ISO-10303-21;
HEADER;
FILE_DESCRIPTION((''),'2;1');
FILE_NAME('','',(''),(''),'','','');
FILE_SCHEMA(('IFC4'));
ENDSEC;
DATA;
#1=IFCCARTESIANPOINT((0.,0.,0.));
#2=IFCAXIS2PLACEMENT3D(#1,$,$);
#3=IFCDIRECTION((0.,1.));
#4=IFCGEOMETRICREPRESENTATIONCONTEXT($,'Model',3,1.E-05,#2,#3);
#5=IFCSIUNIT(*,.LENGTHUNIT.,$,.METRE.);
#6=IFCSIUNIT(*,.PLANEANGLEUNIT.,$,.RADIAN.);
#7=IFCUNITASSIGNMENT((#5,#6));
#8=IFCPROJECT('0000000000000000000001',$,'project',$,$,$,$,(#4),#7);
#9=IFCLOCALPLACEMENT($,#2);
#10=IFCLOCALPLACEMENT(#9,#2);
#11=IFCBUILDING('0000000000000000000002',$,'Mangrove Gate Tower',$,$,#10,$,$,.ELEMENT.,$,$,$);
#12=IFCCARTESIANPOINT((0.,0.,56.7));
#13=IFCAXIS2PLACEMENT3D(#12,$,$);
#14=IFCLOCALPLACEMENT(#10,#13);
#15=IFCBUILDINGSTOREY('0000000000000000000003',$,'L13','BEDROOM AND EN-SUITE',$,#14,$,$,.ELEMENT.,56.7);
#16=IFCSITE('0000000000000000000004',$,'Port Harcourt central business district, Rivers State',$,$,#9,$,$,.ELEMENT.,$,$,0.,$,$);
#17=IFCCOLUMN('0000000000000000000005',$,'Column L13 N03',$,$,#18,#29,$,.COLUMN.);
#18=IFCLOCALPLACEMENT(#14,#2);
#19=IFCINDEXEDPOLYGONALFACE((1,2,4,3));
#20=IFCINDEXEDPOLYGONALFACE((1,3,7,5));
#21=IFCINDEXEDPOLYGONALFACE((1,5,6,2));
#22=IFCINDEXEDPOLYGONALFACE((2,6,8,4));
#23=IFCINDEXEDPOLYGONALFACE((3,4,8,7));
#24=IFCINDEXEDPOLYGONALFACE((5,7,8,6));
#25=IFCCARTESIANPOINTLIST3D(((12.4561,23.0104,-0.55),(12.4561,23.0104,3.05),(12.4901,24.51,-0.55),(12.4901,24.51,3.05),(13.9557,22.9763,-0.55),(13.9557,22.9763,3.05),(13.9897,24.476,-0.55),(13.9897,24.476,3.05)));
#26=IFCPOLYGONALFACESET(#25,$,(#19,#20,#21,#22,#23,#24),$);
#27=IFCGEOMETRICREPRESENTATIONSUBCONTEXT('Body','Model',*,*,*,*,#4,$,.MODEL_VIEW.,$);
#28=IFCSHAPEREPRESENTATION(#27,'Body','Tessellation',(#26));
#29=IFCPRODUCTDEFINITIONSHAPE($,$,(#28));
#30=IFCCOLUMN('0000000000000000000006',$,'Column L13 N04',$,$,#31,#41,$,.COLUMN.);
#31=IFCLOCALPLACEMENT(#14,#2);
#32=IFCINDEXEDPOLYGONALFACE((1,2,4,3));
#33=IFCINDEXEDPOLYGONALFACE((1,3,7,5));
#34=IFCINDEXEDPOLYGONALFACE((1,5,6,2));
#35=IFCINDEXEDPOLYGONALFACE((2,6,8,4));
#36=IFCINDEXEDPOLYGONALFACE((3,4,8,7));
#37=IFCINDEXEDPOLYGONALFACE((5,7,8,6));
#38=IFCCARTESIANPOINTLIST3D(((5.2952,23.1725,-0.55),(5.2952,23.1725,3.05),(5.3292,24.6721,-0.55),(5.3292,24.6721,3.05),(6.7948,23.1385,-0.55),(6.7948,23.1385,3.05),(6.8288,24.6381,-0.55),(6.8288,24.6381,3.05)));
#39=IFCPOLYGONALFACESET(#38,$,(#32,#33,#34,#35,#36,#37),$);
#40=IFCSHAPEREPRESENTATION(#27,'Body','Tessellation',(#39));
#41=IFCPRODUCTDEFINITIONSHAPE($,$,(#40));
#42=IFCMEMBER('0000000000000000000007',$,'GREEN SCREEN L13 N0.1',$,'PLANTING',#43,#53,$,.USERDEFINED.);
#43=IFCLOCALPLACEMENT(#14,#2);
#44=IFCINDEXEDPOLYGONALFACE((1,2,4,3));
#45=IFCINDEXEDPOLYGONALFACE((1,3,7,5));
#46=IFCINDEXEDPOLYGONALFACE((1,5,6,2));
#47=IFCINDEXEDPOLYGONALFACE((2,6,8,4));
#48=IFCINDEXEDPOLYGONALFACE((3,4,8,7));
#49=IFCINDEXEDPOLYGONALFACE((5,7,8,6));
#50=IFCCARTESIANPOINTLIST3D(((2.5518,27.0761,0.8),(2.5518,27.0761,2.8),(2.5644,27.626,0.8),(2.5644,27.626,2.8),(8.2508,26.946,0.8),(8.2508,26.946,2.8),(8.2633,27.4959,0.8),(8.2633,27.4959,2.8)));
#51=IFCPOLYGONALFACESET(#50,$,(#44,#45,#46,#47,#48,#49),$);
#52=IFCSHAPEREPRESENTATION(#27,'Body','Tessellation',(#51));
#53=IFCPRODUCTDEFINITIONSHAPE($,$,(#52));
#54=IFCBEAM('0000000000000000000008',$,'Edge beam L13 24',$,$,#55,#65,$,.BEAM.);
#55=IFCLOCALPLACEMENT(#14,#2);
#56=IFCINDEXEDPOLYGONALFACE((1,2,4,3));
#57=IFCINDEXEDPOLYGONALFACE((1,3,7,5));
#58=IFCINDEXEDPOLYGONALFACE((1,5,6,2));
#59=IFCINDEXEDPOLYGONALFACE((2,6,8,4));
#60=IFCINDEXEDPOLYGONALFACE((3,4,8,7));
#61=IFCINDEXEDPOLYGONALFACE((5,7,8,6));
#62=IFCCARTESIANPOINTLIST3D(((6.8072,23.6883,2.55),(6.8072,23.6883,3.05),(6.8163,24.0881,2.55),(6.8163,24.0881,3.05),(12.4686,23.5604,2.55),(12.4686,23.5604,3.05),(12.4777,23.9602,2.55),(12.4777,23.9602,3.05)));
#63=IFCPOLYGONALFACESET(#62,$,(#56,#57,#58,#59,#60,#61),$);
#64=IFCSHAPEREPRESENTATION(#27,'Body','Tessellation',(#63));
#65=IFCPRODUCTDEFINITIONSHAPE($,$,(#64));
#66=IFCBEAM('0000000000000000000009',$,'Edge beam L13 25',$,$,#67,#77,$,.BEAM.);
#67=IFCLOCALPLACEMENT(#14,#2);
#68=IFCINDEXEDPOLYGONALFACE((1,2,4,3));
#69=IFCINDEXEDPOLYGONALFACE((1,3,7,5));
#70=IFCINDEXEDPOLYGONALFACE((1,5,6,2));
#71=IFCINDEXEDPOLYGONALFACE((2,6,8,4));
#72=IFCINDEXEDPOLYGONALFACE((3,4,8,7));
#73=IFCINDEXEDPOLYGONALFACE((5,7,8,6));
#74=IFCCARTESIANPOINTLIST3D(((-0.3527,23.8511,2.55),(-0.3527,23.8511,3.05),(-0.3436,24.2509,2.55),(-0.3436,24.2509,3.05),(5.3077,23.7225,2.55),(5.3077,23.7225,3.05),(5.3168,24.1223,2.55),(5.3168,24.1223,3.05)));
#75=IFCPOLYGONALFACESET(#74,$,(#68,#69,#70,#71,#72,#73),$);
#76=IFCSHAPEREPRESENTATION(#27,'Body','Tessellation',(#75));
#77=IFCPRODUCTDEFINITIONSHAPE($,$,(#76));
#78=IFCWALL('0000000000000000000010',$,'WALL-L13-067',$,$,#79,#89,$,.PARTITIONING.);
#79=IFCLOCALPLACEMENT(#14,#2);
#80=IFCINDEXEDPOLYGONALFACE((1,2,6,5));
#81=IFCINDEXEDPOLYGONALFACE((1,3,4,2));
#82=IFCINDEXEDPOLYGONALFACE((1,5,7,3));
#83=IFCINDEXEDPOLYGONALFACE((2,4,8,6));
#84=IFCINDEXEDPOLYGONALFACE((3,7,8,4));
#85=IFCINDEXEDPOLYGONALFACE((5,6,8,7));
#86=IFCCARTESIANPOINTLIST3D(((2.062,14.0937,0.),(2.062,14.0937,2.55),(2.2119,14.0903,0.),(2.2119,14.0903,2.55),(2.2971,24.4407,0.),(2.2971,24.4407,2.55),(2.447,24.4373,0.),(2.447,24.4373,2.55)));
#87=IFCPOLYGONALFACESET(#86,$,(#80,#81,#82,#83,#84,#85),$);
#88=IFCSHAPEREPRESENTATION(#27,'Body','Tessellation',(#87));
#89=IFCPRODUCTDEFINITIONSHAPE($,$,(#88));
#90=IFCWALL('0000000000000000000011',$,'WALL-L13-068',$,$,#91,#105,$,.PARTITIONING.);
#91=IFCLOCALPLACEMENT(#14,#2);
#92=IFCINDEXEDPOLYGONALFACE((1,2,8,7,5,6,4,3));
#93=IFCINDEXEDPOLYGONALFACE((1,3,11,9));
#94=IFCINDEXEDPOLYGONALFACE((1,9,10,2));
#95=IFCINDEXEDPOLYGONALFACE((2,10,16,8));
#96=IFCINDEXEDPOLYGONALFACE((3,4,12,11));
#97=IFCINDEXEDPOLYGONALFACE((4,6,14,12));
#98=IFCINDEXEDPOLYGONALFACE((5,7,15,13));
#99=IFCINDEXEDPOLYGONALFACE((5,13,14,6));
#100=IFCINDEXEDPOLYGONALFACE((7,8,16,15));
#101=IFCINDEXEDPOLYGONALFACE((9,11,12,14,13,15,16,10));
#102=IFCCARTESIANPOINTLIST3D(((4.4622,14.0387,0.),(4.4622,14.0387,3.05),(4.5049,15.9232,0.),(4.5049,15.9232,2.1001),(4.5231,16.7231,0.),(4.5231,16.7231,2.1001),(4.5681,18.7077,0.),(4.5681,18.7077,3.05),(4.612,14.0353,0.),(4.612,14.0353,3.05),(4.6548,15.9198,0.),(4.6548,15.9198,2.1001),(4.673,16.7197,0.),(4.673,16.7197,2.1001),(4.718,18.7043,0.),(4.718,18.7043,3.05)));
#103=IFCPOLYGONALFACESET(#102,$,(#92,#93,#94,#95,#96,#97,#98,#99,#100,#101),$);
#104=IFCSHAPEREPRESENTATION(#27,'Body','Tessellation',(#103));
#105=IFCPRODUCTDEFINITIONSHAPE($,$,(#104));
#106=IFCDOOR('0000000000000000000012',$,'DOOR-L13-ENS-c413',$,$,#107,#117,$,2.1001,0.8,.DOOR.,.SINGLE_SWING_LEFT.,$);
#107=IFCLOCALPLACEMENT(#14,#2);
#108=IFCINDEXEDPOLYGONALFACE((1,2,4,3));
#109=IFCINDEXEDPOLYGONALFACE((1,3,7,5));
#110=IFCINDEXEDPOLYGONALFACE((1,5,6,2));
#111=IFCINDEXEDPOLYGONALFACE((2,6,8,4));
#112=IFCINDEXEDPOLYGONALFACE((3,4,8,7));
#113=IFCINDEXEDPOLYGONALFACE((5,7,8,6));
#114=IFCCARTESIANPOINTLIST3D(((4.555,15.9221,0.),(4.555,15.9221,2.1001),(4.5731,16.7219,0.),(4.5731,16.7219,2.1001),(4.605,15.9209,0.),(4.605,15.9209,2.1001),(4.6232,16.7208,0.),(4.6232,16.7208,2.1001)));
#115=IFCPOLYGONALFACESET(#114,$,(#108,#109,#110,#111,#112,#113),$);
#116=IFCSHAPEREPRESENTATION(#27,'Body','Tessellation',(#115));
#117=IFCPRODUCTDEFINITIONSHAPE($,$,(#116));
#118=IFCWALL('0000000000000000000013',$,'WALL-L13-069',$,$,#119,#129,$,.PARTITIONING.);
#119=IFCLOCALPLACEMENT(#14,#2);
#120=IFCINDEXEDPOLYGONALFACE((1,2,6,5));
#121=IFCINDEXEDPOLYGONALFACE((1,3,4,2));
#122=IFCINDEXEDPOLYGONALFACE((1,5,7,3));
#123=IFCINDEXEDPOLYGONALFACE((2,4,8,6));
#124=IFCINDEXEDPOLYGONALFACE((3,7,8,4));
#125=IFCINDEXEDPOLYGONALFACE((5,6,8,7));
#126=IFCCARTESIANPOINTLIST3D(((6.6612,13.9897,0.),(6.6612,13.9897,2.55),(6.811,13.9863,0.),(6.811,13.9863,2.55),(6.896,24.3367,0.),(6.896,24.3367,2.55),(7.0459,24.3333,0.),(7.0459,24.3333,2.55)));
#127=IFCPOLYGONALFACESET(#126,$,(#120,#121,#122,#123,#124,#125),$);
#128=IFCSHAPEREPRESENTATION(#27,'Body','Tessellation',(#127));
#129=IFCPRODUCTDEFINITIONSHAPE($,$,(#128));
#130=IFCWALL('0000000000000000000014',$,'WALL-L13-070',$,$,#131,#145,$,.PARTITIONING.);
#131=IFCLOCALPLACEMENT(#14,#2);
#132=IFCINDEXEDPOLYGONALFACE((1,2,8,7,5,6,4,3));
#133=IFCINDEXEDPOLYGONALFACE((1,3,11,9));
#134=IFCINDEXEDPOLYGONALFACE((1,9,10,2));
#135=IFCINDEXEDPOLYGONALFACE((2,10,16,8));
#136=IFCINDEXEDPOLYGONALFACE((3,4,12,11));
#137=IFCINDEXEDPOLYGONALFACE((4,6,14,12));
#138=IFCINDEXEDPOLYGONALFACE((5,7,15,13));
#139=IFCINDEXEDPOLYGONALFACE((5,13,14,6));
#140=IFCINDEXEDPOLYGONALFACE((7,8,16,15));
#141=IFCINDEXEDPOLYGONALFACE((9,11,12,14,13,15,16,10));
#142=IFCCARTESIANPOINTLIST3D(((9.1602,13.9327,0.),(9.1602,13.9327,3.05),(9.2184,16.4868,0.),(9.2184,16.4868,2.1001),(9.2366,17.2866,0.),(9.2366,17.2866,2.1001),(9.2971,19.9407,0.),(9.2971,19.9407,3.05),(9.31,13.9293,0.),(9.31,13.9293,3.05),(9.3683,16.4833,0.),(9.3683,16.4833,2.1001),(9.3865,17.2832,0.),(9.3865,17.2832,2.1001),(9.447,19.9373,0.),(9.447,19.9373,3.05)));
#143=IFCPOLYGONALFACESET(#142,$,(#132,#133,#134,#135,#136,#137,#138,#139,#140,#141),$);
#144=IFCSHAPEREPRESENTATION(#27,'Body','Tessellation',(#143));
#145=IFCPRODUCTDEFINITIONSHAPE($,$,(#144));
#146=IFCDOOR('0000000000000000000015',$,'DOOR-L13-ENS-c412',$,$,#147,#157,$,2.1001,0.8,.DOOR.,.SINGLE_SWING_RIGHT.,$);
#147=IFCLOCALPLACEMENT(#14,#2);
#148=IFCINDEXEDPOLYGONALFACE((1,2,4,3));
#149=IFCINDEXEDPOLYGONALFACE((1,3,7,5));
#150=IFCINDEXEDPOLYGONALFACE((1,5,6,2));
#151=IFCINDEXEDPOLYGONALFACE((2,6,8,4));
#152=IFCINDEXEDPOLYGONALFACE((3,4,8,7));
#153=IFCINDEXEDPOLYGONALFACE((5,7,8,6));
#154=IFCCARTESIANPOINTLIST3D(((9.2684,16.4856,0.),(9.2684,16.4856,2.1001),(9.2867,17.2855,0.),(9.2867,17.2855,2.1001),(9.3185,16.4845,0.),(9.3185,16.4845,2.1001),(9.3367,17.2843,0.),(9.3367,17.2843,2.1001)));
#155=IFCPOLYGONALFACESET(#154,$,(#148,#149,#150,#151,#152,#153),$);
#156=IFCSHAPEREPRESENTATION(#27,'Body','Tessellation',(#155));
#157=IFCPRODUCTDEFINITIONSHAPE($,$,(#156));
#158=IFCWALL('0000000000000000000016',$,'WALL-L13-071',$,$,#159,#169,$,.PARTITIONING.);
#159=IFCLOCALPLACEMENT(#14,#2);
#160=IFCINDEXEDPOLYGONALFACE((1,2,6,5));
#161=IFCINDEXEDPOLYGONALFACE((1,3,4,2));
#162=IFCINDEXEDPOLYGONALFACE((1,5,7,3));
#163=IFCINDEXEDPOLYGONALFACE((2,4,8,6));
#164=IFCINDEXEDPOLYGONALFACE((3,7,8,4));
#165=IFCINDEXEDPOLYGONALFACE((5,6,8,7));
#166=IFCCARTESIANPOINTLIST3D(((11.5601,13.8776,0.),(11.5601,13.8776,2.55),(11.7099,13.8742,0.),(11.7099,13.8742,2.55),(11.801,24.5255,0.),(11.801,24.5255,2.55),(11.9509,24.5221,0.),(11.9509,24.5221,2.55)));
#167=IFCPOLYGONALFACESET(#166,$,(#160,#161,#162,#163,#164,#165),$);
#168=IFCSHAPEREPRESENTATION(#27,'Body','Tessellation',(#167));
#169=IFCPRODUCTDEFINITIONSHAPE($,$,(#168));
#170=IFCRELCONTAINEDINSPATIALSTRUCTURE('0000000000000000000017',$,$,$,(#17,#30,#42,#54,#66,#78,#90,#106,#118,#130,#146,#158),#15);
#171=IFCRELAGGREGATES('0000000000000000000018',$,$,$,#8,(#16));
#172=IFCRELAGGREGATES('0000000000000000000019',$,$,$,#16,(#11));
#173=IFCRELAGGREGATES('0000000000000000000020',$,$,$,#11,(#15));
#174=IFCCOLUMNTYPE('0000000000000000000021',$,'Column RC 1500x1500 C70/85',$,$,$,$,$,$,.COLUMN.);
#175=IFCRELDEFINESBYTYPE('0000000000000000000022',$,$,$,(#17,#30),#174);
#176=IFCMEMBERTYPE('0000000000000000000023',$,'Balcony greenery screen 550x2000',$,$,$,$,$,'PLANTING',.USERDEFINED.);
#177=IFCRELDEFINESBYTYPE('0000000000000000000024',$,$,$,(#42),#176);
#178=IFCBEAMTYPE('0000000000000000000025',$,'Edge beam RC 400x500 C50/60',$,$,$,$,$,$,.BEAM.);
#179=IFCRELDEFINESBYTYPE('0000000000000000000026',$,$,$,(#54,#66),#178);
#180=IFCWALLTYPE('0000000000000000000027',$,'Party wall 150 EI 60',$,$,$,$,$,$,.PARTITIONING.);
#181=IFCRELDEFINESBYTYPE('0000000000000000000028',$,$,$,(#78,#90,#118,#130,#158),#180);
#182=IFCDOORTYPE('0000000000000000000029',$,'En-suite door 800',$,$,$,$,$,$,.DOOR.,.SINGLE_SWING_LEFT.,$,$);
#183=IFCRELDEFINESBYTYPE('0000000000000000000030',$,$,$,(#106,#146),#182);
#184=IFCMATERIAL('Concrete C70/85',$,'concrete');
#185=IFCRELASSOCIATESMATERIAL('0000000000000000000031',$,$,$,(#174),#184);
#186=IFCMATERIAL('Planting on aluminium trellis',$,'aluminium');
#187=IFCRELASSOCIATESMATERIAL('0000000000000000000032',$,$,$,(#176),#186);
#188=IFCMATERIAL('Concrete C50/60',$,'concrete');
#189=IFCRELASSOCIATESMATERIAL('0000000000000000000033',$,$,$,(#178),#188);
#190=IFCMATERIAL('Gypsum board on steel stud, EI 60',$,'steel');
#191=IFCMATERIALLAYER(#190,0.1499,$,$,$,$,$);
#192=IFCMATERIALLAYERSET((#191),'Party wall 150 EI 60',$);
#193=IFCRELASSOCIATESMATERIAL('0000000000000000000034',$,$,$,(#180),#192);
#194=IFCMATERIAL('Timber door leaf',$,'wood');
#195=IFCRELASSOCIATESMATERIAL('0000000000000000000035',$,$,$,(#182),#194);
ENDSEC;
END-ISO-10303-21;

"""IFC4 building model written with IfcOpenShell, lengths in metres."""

from ifc_helpers import new_model, si_unit, direction, frame, frame_2d, origin, origin_2d, place, context, subcontext, project, spatial, rectangle, extrude, material, layer, layer_set, material_profile, profile_set, type_object, element, fill, save


model = new_model("IFC4")

# Units and contexts
model_context = context("Model", 3, precision=1e-05, world=origin(), true_north=direction((0.0, 1.0)))
body_context = subcontext(model_context, "Body", "Model", "MODEL_VIEW")
ifc_project = project(units=[si_unit("LENGTHUNIT", "METRE"), si_unit("PLANEANGLEUNIT", "RADIAN")], contexts=[model_context])

# Site, building, storey
site_placement = place(None, origin())
site = spatial("IfcSite", under=ifc_project, at=site_placement, Name="Port Harcourt central business district, Rivers State", CompositionType="ELEMENT", RefElevation=0.0)
building_placement = place(site_placement, origin())
building = spatial("IfcBuilding", under=site, at=building_placement, Name="Mangrove Gate Tower", CompositionType="ELEMENT")
storey_placement = place(building_placement, frame((0.0, 0.0, 56.7)))
storey = spatial("IfcBuildingStorey", under=building, at=storey_placement, Name="L13", Description="BEDROOM AND EN-SUITE", CompositionType="ELEMENT", Elevation=56.7)

# Columns
ifc_material_1 = material(Name="Concrete C70/85", Category="concrete")
ifc_material_profile_1 = material_profile(ifc_material_1, rectangle(XDim=1.5, YDim=1.5, at=origin_2d()))
ifc_profile_set_1 = profile_set([ifc_material_profile_1], Name="Concrete C70/85")
column_type = type_object("IfcColumnType", Name="Column RC 1500x1500 C70/85", PredefinedType="COLUMN", material=ifc_profile_set_1)
for number, where, z_axis, x_axis, name in (
    (1, (13.2229, 23.7432, -0.55), (0.0, 0.0, 1.0), (-0.999743, 0.022688, 0.0), "Column L13 N03"),
    (2, (6.062, 23.9053, -0.55), (0.0, 0.0, 1.0), (-0.999743, 0.022688, 0.0), "Column L13 N04"),
):
    element("IfcColumn", number, at=place(storey_placement, frame(where, z_axis=z_axis, x_axis=x_axis)), inside=storey, type_object=column_type, Name=name, PredefinedType="COLUMN", context=body_context, shape_type="SweptSolid", body=[
        extrude(rectangle(XDim=1.5, YDim=1.5, at=origin_2d()), origin(), (0.0, 0.0, 1.0), 3.6001),
    ])

# Member
ifc_material_2 = material(Name="Planting on aluminium trellis", Category="aluminium")
ifc_material_profile_2 = material_profile(ifc_material_2, rectangle(XDim=0.55, YDim=2.0, at=origin_2d()))
ifc_profile_set_2 = profile_set([ifc_material_profile_2], Name="Planting on aluminium trellis")
member_type = type_object("IfcMemberType", Name="Balcony greenery screen 550x2000", ElementType="PLANTING", PredefinedType="USERDEFINED", material=ifc_profile_set_2)
member_placement = place(storey_placement, frame((2.5581, 27.3511, 1.8), z_axis=(0.999739, -0.022827, 0.0), x_axis=(0.022827, 0.999739, 0.0)))
element("IfcMember", 3, at=member_placement, inside=storey, type_object=member_type, Name="GREEN SCREEN L13 N0.1", ObjectType="PLANTING", PredefinedType="USERDEFINED", context=body_context, shape_type="SweptSolid", body=[
    extrude(rectangle(XDim=0.55, YDim=2.0, at=origin_2d()), origin(), (0.0, 0.0, 1.0), 5.7004),
])

# Beams
ifc_material_3 = material(Name="Concrete C50/60", Category="concrete")
ifc_material_profile_3 = material_profile(ifc_material_3, rectangle(XDim=0.3999, YDim=0.5, at=origin_2d()))
ifc_profile_set_3 = profile_set([ifc_material_profile_3], Name="Concrete C50/60")
beam_type = type_object("IfcBeamType", Name="Edge beam RC 400x500 C50/60", PredefinedType="BEAM", material=ifc_profile_set_3)
beam_1_placement = place(storey_placement, frame((12.4731, 23.7603, 2.8), z_axis=(-0.999745, 0.022591, 0.0), x_axis=(-0.022591, -0.999745, 0.0)))
element("IfcBeam", 4, at=beam_1_placement, inside=storey, type_object=beam_type, Name="Edge beam L13 24", PredefinedType="BEAM", context=body_context, shape_type="SweptSolid", body=[
    extrude(rectangle(XDim=0.3999, YDim=0.5, at=origin_2d()), origin(), (0.0, 0.0, 1.0), 5.6628),
])
beam_2_placement = place(storey_placement, frame((5.3123, 23.9224, 2.8), z_axis=(-0.999742, 0.022724, 0.0), x_axis=(-0.022724, -0.999742, 0.0)))
element("IfcBeam", 5, at=beam_2_placement, inside=storey, type_object=beam_type, Name="Edge beam L13 25", PredefinedType="BEAM", context=body_context, shape_type="SweptSolid", body=[
    extrude(rectangle(XDim=0.3999, YDim=0.5, at=origin_2d()), origin(), (0.0, 0.0, 1.0), 5.6619),
])

# Wall
ifc_material_4 = material(Name="Gypsum board on steel stud, EI 60", Category="steel")
ifc_layer_1 = layer(ifc_material_4, 0.1499)
ifc_layer_set_1 = layer_set([ifc_layer_1], Name="Party wall 150 EI 60")
wall_type_1 = type_object("IfcWallType", Name="Party wall 150 EI 60", PredefinedType="PARTITIONING", material=ifc_layer_set_1)
wall_1_placement = place(storey_placement, frame((2.137, 14.092, 0.0), z_axis=(0.0, 0.0, 1.0), x_axis=(0.022717, 0.999742, 0.0)))
element("IfcWall", 6, at=wall_1_placement, inside=storey, type_object=wall_type_1, Name="WALL-L13-067", PredefinedType="PARTITIONING", context=body_context, shape_type="SweptSolid", body=[
    extrude(rectangle(XDim=10.3496, YDim=0.1499, at=frame_2d((5.1748, 0.0))), origin(), (0.0, 0.0, 1.0), 2.55),
])

# Wall, opening, door
wall_2_placement = place(storey_placement, frame((4.5371, 14.0371, 0.0), z_axis=(0.0, 0.0, 1.0), x_axis=(0.022688, 0.999743, 0.0)))
wall_2 = element("IfcWall", 7, at=wall_2_placement, inside=storey, type_object=wall_type_1, Name="WALL-L13-068", PredefinedType="PARTITIONING", context=body_context, shape_type="SweptSolid", body=[
    extrude(rectangle(XDim=4.6702, YDim=0.1499, at=frame_2d((2.335, 0.0))), origin(), (0.0, 0.0, 1.0), 3.05),
])
opening_1_placement = place(wall_2_placement, frame((1.885, 0.0, 0.0)))
opening_1 = element("IfcOpeningElement", 8, at=opening_1_placement, cuts=wall_2, PredefinedType="OPENING", context=body_context, shape_type="SweptSolid", body=[
    extrude(rectangle(XDim=0.8, YDim=2.1001, at=frame_2d((0.3999, 1.05))), frame((0.0, 0.085, 0.0), z_axis=(0.0, -1.0, 0.0), x_axis=(1.0, 0.0, 0.0)), (0.0, 0.0, 1.0), 0.1699),
])
ifc_material_5 = material(Name="Timber door leaf", Category="wood")
door_type = type_object("IfcDoorType", Name="En-suite door 800", OperationType="SINGLE_SWING_LEFT", PredefinedType="DOOR", material=ifc_material_5)
door_1_placement = place(opening_1_placement, origin())
door_1 = element("IfcDoor", 9, at=door_1_placement, inside=storey, type_object=door_type, Name="DOOR-L13-ENS-c413", OperationType="SINGLE_SWING_LEFT", OverallHeight=2.1001, OverallWidth=0.8, PredefinedType="DOOR", context=body_context, shape_type="SweptSolid", body=[
    extrude(rectangle(XDim=0.8, YDim=2.1001, at=frame_2d((0.3999, 1.05))), frame((0.0, 0.0249, 0.0), z_axis=(0.0, -1.0, 0.0), x_axis=(1.0, 0.0, 0.0)), (0.0, 0.0, 1.0), 0.05),
])
fill(opening_1, door_1)

# Wall
wall_3_placement = place(storey_placement, frame((6.7361, 13.988, 0.0), z_axis=(0.0, 0.0, 1.0), x_axis=(0.022693, 0.999742, 0.0)))
element("IfcWall", 10, at=wall_3_placement, inside=storey, type_object=wall_type_1, Name="WALL-L13-069", PredefinedType="PARTITIONING", context=body_context, shape_type="SweptSolid", body=[
    extrude(rectangle(XDim=10.3496, YDim=0.1499, at=frame_2d((5.1748, 0.0))), origin(), (0.0, 0.0, 1.0), 2.55),
])

# Wall, opening, door
wall_4_placement = place(storey_placement, frame((9.2351, 13.9309, 0.0), z_axis=(0.0, 0.0, 1.0), x_axis=(0.022791, 0.99974, 0.0)))
wall_4 = element("IfcWall", 11, at=wall_4_placement, inside=storey, type_object=wall_type_1, Name="WALL-L13-070", PredefinedType="PARTITIONING", context=body_context, shape_type="SweptSolid", body=[
    extrude(rectangle(XDim=6.0095, YDim=0.1499, at=frame_2d((3.0049, 0.0))), origin(), (0.0, 0.0, 1.0), 3.05),
])
opening_2_placement = place(wall_4_placement, frame((2.5549, 0.0, 0.0)))
opening_2 = element("IfcOpeningElement", 12, at=opening_2_placement, cuts=wall_4, PredefinedType="OPENING", context=body_context, shape_type="SweptSolid", body=[
    extrude(rectangle(XDim=0.8, YDim=2.1001, at=frame_2d((0.3999, 1.05))), frame((0.0, 0.085, 0.0), z_axis=(0.0, -1.0, 0.0), x_axis=(1.0, 0.0, 0.0)), (0.0, 0.0, 1.0), 0.1699),
])
door_2_placement = place(opening_2_placement, origin())
door_2 = element("IfcDoor", 13, at=door_2_placement, inside=storey, type_object=door_type, Name="DOOR-L13-ENS-c412", OperationType="SINGLE_SWING_RIGHT", OverallHeight=2.1001, OverallWidth=0.8, PredefinedType="DOOR", context=body_context, shape_type="SweptSolid", body=[
    extrude(rectangle(XDim=0.8, YDim=2.1001, at=frame_2d((0.3999, 1.05))), frame((0.0, 0.0249, 0.0), z_axis=(0.0, -1.0, 0.0), x_axis=(1.0, 0.0, 0.0)), (0.0, 0.0, 1.0), 0.05),
])
fill(opening_2, door_2)

# Wall
wall_5_placement = place(storey_placement, frame((11.635, 13.876, 0.0), z_axis=(0.0, 0.0, 1.0), x_axis=(0.022625, 0.999744, 0.0)))
element("IfcWall", 14, at=wall_5_placement, inside=storey, type_object=wall_type_1, Name="WALL-L13-071", PredefinedType="PARTITIONING", context=body_context, shape_type="SweptSolid", body=[
    extrude(rectangle(XDim=10.6506, YDim=0.1499, at=frame_2d((5.3252, 0.0))), origin(), (0.0, 0.0, 1.0), 2.55),
])

save(model, "model.ifc")
